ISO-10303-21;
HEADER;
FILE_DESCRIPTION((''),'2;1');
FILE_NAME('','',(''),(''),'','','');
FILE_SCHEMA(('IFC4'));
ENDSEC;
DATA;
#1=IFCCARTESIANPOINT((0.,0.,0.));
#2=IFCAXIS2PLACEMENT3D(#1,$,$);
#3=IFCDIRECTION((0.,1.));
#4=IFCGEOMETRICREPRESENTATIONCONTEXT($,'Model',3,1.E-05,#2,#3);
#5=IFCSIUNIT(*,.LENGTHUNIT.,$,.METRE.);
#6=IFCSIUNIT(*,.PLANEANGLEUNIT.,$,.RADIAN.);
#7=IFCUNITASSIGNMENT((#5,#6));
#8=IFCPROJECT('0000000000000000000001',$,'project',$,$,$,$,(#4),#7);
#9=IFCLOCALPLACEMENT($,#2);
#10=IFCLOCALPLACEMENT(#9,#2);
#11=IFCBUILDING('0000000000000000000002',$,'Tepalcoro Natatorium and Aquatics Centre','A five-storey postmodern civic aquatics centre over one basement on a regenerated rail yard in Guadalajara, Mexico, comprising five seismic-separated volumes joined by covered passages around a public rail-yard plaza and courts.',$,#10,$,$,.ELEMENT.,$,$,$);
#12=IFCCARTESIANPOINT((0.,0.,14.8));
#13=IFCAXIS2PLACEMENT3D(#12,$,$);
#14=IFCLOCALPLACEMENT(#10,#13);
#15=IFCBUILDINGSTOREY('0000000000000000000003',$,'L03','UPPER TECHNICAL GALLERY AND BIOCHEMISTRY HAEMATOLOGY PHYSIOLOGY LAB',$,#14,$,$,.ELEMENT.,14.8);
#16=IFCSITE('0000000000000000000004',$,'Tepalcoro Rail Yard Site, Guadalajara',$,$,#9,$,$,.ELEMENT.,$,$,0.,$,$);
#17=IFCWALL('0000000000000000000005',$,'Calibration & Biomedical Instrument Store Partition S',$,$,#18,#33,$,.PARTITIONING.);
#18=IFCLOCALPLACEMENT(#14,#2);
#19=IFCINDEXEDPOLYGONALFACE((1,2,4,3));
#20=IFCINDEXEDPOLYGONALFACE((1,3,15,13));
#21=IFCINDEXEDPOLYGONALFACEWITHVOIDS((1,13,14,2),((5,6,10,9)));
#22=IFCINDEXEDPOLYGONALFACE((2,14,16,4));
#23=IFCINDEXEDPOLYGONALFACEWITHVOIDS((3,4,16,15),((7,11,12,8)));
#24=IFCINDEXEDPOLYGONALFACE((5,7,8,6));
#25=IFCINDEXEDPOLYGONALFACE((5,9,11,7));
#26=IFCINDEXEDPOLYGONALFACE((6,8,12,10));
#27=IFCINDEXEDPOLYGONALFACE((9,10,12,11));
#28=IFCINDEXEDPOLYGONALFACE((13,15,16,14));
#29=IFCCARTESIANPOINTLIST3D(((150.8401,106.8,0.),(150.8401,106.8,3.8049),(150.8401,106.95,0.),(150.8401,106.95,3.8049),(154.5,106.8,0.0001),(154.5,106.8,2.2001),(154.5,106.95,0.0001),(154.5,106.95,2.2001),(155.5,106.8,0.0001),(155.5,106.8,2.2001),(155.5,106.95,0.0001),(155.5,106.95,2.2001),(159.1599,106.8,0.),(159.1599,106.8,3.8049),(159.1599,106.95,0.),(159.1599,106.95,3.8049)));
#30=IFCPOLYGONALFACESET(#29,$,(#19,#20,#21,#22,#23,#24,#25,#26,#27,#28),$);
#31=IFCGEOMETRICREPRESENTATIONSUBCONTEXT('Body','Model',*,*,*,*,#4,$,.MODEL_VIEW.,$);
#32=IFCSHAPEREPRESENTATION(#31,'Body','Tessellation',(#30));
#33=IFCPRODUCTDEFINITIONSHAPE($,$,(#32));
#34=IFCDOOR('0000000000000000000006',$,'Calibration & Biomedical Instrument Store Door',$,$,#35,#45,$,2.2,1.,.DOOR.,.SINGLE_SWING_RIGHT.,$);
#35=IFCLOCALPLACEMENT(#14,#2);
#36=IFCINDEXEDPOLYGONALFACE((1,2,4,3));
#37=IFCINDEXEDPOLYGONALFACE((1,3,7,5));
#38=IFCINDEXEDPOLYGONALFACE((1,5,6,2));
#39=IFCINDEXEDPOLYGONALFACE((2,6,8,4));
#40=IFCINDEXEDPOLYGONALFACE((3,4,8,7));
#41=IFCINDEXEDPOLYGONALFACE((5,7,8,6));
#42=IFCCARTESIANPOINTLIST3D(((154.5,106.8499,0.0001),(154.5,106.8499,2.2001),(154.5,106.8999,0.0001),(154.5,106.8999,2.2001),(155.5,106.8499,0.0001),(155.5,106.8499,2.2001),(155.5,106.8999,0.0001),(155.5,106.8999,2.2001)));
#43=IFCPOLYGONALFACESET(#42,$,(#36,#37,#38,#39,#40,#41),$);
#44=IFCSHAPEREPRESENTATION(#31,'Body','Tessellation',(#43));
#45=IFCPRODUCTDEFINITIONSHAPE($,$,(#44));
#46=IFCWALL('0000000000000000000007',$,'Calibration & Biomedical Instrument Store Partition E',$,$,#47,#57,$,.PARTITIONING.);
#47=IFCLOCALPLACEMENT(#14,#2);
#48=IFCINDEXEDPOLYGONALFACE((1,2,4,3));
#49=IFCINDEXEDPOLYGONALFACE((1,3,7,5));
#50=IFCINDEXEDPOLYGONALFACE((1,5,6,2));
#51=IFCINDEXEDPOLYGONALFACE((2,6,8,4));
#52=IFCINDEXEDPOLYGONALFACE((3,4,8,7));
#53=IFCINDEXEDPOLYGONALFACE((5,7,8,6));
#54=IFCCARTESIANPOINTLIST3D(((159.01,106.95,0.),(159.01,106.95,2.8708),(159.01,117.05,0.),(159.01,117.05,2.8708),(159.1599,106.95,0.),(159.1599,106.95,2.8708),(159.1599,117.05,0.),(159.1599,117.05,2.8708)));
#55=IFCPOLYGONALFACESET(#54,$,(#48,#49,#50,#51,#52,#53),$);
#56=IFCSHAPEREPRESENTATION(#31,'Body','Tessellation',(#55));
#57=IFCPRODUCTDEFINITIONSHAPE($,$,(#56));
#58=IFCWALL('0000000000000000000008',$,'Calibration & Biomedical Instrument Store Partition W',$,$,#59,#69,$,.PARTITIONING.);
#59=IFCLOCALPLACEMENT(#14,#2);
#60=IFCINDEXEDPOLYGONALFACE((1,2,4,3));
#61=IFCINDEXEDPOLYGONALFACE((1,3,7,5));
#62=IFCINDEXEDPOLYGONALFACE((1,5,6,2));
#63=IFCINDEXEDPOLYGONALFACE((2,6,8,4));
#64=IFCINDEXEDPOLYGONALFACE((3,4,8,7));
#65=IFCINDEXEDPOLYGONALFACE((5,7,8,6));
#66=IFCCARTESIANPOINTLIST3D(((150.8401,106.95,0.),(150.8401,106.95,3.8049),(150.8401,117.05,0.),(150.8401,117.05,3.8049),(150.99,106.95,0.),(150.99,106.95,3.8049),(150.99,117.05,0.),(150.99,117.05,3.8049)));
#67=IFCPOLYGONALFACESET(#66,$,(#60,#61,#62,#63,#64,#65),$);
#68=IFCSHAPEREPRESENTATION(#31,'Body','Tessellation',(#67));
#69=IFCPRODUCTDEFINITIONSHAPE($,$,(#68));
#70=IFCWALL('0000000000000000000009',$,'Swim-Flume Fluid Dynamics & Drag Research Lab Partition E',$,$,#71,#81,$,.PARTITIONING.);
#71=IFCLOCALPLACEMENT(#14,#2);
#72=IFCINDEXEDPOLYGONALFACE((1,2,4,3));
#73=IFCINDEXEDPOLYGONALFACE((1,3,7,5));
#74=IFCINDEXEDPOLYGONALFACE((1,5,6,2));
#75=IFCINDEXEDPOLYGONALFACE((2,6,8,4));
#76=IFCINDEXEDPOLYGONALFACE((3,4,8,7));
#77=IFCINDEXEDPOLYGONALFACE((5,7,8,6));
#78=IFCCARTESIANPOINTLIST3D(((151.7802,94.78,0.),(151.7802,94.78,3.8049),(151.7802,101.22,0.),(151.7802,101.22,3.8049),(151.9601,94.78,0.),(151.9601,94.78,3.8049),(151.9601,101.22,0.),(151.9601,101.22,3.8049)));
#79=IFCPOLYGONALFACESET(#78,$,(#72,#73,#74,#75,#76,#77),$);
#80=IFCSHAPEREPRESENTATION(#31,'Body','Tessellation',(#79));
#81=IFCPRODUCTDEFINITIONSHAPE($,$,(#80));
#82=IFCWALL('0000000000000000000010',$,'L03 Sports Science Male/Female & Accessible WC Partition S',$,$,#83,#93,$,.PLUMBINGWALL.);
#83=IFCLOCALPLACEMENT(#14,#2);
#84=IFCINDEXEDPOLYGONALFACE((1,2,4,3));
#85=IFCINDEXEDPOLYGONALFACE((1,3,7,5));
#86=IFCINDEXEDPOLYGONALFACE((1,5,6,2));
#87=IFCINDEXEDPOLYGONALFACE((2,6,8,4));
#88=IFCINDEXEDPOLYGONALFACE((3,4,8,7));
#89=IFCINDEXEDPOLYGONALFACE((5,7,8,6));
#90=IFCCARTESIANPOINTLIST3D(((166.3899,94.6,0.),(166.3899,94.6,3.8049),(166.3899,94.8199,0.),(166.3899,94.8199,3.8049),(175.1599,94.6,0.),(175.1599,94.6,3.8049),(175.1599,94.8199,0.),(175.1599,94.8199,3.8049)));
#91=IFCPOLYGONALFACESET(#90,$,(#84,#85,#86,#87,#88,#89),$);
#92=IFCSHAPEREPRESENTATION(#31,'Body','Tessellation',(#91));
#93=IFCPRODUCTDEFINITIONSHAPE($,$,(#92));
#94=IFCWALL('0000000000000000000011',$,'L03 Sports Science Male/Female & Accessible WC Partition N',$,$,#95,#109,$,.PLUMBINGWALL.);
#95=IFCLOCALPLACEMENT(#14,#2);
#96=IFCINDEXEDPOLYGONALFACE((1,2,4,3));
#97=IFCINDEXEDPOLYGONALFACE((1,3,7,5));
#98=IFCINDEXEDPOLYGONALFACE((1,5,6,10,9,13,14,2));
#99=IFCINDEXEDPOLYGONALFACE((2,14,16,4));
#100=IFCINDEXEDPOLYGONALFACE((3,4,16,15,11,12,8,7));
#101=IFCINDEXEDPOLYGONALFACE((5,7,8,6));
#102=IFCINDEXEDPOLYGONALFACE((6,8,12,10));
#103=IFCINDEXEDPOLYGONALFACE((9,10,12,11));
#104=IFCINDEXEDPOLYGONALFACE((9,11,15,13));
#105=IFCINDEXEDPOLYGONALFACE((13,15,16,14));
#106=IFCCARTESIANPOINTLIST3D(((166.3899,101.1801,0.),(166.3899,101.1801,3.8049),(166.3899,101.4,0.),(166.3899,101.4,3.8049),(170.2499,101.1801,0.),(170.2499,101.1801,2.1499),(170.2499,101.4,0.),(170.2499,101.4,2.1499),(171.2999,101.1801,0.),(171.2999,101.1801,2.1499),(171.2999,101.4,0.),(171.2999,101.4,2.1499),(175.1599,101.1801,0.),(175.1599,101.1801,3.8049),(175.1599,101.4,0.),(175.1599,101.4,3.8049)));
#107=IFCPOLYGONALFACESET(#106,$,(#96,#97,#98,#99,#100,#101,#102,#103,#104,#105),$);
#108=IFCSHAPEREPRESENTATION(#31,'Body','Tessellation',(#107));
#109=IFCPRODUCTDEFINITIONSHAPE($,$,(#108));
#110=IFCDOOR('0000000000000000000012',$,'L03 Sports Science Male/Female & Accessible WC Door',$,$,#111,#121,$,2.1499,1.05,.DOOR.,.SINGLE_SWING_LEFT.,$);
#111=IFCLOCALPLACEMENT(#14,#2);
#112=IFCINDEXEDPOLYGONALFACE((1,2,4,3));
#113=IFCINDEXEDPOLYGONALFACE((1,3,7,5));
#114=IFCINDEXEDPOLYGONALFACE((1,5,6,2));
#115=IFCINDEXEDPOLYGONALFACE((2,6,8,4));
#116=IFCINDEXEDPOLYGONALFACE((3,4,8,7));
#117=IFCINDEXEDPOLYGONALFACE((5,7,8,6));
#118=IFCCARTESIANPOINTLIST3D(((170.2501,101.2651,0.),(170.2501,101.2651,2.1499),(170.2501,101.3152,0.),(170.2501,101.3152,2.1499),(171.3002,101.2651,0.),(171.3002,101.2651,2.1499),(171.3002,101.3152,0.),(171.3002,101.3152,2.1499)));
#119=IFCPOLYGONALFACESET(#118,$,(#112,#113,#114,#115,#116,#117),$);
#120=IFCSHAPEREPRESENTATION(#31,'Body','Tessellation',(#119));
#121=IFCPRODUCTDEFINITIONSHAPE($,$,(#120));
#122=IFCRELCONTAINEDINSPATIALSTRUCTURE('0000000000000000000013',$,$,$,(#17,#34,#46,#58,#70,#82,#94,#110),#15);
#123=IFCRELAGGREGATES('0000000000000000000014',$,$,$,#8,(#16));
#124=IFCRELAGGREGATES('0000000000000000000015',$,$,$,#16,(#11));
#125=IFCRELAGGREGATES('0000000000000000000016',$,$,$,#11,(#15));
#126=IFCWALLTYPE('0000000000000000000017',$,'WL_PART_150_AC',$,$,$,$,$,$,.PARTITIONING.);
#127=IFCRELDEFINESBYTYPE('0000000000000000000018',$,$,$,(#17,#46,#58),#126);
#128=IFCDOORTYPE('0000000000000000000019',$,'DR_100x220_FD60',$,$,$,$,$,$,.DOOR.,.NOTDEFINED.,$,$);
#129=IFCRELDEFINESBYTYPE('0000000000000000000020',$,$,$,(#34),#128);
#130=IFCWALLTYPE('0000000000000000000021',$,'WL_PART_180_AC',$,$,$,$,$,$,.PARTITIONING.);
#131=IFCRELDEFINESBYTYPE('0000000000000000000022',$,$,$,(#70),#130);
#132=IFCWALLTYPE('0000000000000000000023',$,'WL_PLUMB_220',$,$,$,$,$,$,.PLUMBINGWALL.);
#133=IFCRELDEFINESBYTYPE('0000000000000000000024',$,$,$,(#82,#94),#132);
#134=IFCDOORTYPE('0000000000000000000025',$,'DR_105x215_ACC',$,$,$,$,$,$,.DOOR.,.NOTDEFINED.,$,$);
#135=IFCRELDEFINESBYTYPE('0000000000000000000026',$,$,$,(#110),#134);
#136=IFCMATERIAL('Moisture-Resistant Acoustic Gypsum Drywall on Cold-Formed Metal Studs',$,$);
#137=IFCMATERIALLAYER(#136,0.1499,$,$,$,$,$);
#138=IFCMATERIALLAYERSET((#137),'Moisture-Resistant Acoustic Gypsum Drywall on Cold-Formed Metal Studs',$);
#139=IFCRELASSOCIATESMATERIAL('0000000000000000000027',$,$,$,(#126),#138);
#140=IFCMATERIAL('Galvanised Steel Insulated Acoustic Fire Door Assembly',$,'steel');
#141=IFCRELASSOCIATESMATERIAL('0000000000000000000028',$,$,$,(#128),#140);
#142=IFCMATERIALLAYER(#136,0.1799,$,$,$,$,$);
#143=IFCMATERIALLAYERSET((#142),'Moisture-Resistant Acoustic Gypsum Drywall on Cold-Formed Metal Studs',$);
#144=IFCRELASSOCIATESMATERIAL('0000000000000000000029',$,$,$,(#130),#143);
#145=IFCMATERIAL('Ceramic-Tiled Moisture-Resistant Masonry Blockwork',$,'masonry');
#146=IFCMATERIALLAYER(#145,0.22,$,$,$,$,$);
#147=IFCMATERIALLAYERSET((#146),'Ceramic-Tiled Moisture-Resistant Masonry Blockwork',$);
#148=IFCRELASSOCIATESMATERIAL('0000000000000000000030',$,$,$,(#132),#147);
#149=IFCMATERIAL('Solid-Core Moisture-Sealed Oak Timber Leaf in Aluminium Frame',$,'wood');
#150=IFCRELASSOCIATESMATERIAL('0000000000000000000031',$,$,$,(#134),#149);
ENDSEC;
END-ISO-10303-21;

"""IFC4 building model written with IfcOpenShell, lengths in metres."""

from ifc_helpers import new_model, si_unit, direction, frame, frame_2d, origin, place, context, subcontext, project, spatial, rectangle, extrude, material, layer, layer_set, type_object, element, fill, save


model = new_model("IFC4")

# Units and contexts
model_context = context("Model", 3, precision=1e-05, world=origin(), true_north=direction((0.0, 1.0)))
body_context = subcontext(model_context, "Body", "Model", "MODEL_VIEW")
ifc_project = project(units=[si_unit("LENGTHUNIT", "METRE"), si_unit("PLANEANGLEUNIT", "RADIAN")], contexts=[model_context])

# Site, building, storey
site_placement = place(None, origin())
site = spatial("IfcSite", under=ifc_project, at=site_placement, Name="Tepalcoro Rail Yard Site, Guadalajara", CompositionType="ELEMENT", RefElevation=0.0)
building_placement = place(site_placement, origin())
building = spatial("IfcBuilding", under=site, at=building_placement, Name="Tepalcoro Natatorium and Aquatics Centre", Description="A five-storey postmodern civic aquatics centre over one basement on a regenerated rail yard in Guadalajara, Mexico, comprising five seismic-separated volumes joined by covered passages around a public rail-yard plaza and courts.", CompositionType="ELEMENT")
storey_placement = place(building_placement, frame((0.0, 0.0, 14.8)))
storey = spatial("IfcBuildingStorey", under=building, at=storey_placement, Name="L03", Description="UPPER TECHNICAL GALLERY AND BIOCHEMISTRY HAEMATOLOGY PHYSIOLOGY LAB", CompositionType="ELEMENT", Elevation=14.8)

# Shared definitions
ifc_material_1 = material(Name="Moisture-Resistant Acoustic Gypsum Drywall on Cold-Formed Metal Studs")

# Shared definitions
ifc_material_2 = material(Name="Solid-Core Moisture-Sealed Oak Timber Leaf in Aluminium Frame", Category="wood")

# Wall, opening, door
ifc_layer_1 = layer(ifc_material_1, 0.1499)
ifc_layer_set_1 = layer_set([ifc_layer_1], Name="Moisture-Resistant Acoustic Gypsum Drywall on Cold-Formed Metal Studs")
wall_type_1 = type_object("IfcWallType", Name="WL_PART_150_AC", PredefinedType="PARTITIONING", material=ifc_layer_set_1)
wall_1_placement = place(storey_placement, frame((150.8401, 106.875, 0.0), z_axis=(0.0, 0.0, 1.0), x_axis=(1.0, 0.0, 0.0)))
wall_1 = element("IfcWall", 1, at=wall_1_placement, inside=storey, type_object=wall_type_1, Name="Calibration & Biomedical Instrument Store Partition S", PredefinedType="PARTITIONING", context=body_context, shape_type="SweptSolid", body=[
    extrude(rectangle(XDim=8.3198, YDim=0.1499, at=frame_2d((4.1599, 0.0))), origin(), (0.0, 0.0, 1.0), 3.8049),
])
opening_1_placement = place(wall_1_placement, frame((3.6599, 0.0, 0.0)))
opening_1 = element("IfcOpeningElement", 2, at=opening_1_placement, cuts=wall_1, PredefinedType="OPENING", context=body_context, shape_type="SweptSolid", body=[
    extrude(rectangle(XDim=1.0, YDim=2.2, at=frame_2d((0.5, 1.1001))), frame((0.0, 0.0869, 0.0), z_axis=(0.0, -1.0, 0.0), x_axis=(1.0, 0.0, 0.0)), (0.0, 0.0, 1.0), 0.1738),
])
ifc_material_3 = material(Name="Galvanised Steel Insulated Acoustic Fire Door Assembly", Category="steel")
door_type_1 = type_object("IfcDoorType", Name="DR_100x220_FD60", OperationType="NOTDEFINED", PredefinedType="DOOR", material=ifc_material_3)
door_1_placement = place(opening_1_placement, origin())
door_1 = element("IfcDoor", 3, at=door_1_placement, inside=storey, type_object=door_type_1, Name="Calibration & Biomedical Instrument Store Door", OperationType="SINGLE_SWING_RIGHT", OverallHeight=2.2, OverallWidth=1.0, PredefinedType="DOOR", context=body_context, shape_type="SweptSolid", body=[
    extrude(rectangle(XDim=1.0, YDim=2.2, at=frame_2d((0.5, 1.1001))), frame((0.0, 0.0249, 0.0), z_axis=(0.0, -1.0, 0.0), x_axis=(1.0, 0.0, 0.0)), (0.0, 0.0, 1.0), 0.05),
])
fill(opening_1, door_1)

# Walls
wall_2_placement = place(storey_placement, frame((159.085, 106.95, 0.0), z_axis=(0.0, 0.0, 1.0), x_axis=(0.0, 1.0, 0.0)))
element("IfcWall", 4, at=wall_2_placement, inside=storey, type_object=wall_type_1, Name="Calibration & Biomedical Instrument Store Partition E", PredefinedType="PARTITIONING", context=body_context, shape_type="SweptSolid", body=[
    extrude(rectangle(XDim=10.1001, YDim=0.1499, at=frame_2d((5.05, 0.0))), origin(), (0.0, 0.0, 1.0), 2.8708),
])
wall_3_placement = place(storey_placement, frame((150.915, 106.95, 0.0), z_axis=(0.0, 0.0, 1.0), x_axis=(0.0, 1.0, 0.0)))
element("IfcWall", 5, at=wall_3_placement, inside=storey, type_object=wall_type_1, Name="Calibration & Biomedical Instrument Store Partition W", PredefinedType="PARTITIONING", context=body_context, shape_type="SweptSolid", body=[
    extrude(rectangle(XDim=10.1001, YDim=0.1499, at=frame_2d((5.05, 0.0))), origin(), (0.0, 0.0, 1.0), 3.8049),
])
ifc_layer_2 = layer(ifc_material_1, 0.1799)
ifc_layer_set_2 = layer_set([ifc_layer_2], Name="Moisture-Resistant Acoustic Gypsum Drywall on Cold-Formed Metal Studs")
wall_type_2 = type_object("IfcWallType", Name="WL_PART_180_AC", PredefinedType="PARTITIONING", material=ifc_layer_set_2)
wall_4_placement = place(storey_placement, frame((151.8701, 94.78, 0.0), z_axis=(0.0, 0.0, 1.0), x_axis=(0.0, 1.0, 0.0)))
element("IfcWall", 6, at=wall_4_placement, inside=storey, type_object=wall_type_2, Name="Swim-Flume Fluid Dynamics & Drag Research Lab Partition E", PredefinedType="PARTITIONING", context=body_context, shape_type="SweptSolid", body=[
    extrude(rectangle(XDim=6.4399, YDim=0.1799, at=frame_2d((3.22, 0.0))), origin(), (0.0, 0.0, 1.0), 3.8049),
])
ifc_material_4 = material(Name="Ceramic-Tiled Moisture-Resistant Masonry Blockwork", Category="masonry")
ifc_layer_3 = layer(ifc_material_4, 0.22)
ifc_layer_set_3 = layer_set([ifc_layer_3], Name="Ceramic-Tiled Moisture-Resistant Masonry Blockwork")
wall_type_3 = type_object("IfcWallType", Name="WL_PLUMB_220", PredefinedType="PLUMBINGWALL", material=ifc_layer_set_3)
wall_5_placement = place(storey_placement, frame((166.3899, 94.71, 0.0), z_axis=(0.0, 0.0, 1.0), x_axis=(1.0, 0.0, 0.0)))
element("IfcWall", 7, at=wall_5_placement, inside=storey, type_object=wall_type_3, Name="L03 Sports Science Male/Female & Accessible WC Partition S", PredefinedType="PLUMBINGWALL", context=body_context, shape_type="SweptSolid", body=[
    extrude(rectangle(XDim=8.77, YDim=0.22, at=frame_2d((4.385, 0.0))), origin(), (0.0, 0.0, 1.0), 3.8049),
])

# Wall, opening, door
wall_6_placement = place(storey_placement, frame((166.3899, 101.29, 0.0), z_axis=(0.0, 0.0, 1.0), x_axis=(1.0, 0.0, 0.0)))
wall_6 = element("IfcWall", 8, at=wall_6_placement, inside=storey, type_object=wall_type_3, Name="L03 Sports Science Male/Female & Accessible WC Partition N", PredefinedType="PLUMBINGWALL", context=body_context, shape_type="SweptSolid", body=[
    extrude(rectangle(XDim=8.77, YDim=0.22, at=frame_2d((4.385, 0.0))), origin(), (0.0, 0.0, 1.0), 3.8049),
])
opening_2_placement = place(wall_6_placement, frame((3.8601, 0.0, 0.0)))
opening_2 = element("IfcOpeningElement", 9, at=opening_2_placement, cuts=wall_6, PredefinedType="OPENING", context=body_context, shape_type="SweptSolid", body=[
    extrude(rectangle(XDim=1.05, YDim=2.1499, at=frame_2d((0.5249, 1.075))), frame((0.0, 0.1221, 0.0), z_axis=(0.0, -1.0, 0.0), x_axis=(1.0, 0.0, 0.0)), (0.0, 0.0, 1.0), 0.2439),
])
door_type_2 = type_object("IfcDoorType", Name="DR_105x215_ACC", OperationType="NOTDEFINED", PredefinedType="DOOR", material=ifc_material_2)
door_2_placement = place(opening_2_placement, frame((1.05, 0.0, 0.0), z_axis=(0.0, 0.0, 1.0), x_axis=(-1.0, 0.0, 0.0)))
door_2 = element("IfcDoor", 10, at=door_2_placement, inside=storey, type_object=door_type_2, Name="L03 Sports Science Male/Female & Accessible WC Door", OperationType="SINGLE_SWING_LEFT", OverallHeight=2.1499, OverallWidth=1.05, PredefinedType="DOOR", context=body_context, shape_type="SweptSolid", body=[
    extrude(rectangle(XDim=1.05, YDim=2.1499, at=frame_2d((0.5249, 1.075))), frame((0.0, 0.0249, 0.0), z_axis=(0.0, -1.0, 0.0), x_axis=(1.0, 0.0, 0.0)), (0.0, 0.0, 1.0), 0.05),
])
fill(opening_2, door_2)

save(model, "model.ifc")
